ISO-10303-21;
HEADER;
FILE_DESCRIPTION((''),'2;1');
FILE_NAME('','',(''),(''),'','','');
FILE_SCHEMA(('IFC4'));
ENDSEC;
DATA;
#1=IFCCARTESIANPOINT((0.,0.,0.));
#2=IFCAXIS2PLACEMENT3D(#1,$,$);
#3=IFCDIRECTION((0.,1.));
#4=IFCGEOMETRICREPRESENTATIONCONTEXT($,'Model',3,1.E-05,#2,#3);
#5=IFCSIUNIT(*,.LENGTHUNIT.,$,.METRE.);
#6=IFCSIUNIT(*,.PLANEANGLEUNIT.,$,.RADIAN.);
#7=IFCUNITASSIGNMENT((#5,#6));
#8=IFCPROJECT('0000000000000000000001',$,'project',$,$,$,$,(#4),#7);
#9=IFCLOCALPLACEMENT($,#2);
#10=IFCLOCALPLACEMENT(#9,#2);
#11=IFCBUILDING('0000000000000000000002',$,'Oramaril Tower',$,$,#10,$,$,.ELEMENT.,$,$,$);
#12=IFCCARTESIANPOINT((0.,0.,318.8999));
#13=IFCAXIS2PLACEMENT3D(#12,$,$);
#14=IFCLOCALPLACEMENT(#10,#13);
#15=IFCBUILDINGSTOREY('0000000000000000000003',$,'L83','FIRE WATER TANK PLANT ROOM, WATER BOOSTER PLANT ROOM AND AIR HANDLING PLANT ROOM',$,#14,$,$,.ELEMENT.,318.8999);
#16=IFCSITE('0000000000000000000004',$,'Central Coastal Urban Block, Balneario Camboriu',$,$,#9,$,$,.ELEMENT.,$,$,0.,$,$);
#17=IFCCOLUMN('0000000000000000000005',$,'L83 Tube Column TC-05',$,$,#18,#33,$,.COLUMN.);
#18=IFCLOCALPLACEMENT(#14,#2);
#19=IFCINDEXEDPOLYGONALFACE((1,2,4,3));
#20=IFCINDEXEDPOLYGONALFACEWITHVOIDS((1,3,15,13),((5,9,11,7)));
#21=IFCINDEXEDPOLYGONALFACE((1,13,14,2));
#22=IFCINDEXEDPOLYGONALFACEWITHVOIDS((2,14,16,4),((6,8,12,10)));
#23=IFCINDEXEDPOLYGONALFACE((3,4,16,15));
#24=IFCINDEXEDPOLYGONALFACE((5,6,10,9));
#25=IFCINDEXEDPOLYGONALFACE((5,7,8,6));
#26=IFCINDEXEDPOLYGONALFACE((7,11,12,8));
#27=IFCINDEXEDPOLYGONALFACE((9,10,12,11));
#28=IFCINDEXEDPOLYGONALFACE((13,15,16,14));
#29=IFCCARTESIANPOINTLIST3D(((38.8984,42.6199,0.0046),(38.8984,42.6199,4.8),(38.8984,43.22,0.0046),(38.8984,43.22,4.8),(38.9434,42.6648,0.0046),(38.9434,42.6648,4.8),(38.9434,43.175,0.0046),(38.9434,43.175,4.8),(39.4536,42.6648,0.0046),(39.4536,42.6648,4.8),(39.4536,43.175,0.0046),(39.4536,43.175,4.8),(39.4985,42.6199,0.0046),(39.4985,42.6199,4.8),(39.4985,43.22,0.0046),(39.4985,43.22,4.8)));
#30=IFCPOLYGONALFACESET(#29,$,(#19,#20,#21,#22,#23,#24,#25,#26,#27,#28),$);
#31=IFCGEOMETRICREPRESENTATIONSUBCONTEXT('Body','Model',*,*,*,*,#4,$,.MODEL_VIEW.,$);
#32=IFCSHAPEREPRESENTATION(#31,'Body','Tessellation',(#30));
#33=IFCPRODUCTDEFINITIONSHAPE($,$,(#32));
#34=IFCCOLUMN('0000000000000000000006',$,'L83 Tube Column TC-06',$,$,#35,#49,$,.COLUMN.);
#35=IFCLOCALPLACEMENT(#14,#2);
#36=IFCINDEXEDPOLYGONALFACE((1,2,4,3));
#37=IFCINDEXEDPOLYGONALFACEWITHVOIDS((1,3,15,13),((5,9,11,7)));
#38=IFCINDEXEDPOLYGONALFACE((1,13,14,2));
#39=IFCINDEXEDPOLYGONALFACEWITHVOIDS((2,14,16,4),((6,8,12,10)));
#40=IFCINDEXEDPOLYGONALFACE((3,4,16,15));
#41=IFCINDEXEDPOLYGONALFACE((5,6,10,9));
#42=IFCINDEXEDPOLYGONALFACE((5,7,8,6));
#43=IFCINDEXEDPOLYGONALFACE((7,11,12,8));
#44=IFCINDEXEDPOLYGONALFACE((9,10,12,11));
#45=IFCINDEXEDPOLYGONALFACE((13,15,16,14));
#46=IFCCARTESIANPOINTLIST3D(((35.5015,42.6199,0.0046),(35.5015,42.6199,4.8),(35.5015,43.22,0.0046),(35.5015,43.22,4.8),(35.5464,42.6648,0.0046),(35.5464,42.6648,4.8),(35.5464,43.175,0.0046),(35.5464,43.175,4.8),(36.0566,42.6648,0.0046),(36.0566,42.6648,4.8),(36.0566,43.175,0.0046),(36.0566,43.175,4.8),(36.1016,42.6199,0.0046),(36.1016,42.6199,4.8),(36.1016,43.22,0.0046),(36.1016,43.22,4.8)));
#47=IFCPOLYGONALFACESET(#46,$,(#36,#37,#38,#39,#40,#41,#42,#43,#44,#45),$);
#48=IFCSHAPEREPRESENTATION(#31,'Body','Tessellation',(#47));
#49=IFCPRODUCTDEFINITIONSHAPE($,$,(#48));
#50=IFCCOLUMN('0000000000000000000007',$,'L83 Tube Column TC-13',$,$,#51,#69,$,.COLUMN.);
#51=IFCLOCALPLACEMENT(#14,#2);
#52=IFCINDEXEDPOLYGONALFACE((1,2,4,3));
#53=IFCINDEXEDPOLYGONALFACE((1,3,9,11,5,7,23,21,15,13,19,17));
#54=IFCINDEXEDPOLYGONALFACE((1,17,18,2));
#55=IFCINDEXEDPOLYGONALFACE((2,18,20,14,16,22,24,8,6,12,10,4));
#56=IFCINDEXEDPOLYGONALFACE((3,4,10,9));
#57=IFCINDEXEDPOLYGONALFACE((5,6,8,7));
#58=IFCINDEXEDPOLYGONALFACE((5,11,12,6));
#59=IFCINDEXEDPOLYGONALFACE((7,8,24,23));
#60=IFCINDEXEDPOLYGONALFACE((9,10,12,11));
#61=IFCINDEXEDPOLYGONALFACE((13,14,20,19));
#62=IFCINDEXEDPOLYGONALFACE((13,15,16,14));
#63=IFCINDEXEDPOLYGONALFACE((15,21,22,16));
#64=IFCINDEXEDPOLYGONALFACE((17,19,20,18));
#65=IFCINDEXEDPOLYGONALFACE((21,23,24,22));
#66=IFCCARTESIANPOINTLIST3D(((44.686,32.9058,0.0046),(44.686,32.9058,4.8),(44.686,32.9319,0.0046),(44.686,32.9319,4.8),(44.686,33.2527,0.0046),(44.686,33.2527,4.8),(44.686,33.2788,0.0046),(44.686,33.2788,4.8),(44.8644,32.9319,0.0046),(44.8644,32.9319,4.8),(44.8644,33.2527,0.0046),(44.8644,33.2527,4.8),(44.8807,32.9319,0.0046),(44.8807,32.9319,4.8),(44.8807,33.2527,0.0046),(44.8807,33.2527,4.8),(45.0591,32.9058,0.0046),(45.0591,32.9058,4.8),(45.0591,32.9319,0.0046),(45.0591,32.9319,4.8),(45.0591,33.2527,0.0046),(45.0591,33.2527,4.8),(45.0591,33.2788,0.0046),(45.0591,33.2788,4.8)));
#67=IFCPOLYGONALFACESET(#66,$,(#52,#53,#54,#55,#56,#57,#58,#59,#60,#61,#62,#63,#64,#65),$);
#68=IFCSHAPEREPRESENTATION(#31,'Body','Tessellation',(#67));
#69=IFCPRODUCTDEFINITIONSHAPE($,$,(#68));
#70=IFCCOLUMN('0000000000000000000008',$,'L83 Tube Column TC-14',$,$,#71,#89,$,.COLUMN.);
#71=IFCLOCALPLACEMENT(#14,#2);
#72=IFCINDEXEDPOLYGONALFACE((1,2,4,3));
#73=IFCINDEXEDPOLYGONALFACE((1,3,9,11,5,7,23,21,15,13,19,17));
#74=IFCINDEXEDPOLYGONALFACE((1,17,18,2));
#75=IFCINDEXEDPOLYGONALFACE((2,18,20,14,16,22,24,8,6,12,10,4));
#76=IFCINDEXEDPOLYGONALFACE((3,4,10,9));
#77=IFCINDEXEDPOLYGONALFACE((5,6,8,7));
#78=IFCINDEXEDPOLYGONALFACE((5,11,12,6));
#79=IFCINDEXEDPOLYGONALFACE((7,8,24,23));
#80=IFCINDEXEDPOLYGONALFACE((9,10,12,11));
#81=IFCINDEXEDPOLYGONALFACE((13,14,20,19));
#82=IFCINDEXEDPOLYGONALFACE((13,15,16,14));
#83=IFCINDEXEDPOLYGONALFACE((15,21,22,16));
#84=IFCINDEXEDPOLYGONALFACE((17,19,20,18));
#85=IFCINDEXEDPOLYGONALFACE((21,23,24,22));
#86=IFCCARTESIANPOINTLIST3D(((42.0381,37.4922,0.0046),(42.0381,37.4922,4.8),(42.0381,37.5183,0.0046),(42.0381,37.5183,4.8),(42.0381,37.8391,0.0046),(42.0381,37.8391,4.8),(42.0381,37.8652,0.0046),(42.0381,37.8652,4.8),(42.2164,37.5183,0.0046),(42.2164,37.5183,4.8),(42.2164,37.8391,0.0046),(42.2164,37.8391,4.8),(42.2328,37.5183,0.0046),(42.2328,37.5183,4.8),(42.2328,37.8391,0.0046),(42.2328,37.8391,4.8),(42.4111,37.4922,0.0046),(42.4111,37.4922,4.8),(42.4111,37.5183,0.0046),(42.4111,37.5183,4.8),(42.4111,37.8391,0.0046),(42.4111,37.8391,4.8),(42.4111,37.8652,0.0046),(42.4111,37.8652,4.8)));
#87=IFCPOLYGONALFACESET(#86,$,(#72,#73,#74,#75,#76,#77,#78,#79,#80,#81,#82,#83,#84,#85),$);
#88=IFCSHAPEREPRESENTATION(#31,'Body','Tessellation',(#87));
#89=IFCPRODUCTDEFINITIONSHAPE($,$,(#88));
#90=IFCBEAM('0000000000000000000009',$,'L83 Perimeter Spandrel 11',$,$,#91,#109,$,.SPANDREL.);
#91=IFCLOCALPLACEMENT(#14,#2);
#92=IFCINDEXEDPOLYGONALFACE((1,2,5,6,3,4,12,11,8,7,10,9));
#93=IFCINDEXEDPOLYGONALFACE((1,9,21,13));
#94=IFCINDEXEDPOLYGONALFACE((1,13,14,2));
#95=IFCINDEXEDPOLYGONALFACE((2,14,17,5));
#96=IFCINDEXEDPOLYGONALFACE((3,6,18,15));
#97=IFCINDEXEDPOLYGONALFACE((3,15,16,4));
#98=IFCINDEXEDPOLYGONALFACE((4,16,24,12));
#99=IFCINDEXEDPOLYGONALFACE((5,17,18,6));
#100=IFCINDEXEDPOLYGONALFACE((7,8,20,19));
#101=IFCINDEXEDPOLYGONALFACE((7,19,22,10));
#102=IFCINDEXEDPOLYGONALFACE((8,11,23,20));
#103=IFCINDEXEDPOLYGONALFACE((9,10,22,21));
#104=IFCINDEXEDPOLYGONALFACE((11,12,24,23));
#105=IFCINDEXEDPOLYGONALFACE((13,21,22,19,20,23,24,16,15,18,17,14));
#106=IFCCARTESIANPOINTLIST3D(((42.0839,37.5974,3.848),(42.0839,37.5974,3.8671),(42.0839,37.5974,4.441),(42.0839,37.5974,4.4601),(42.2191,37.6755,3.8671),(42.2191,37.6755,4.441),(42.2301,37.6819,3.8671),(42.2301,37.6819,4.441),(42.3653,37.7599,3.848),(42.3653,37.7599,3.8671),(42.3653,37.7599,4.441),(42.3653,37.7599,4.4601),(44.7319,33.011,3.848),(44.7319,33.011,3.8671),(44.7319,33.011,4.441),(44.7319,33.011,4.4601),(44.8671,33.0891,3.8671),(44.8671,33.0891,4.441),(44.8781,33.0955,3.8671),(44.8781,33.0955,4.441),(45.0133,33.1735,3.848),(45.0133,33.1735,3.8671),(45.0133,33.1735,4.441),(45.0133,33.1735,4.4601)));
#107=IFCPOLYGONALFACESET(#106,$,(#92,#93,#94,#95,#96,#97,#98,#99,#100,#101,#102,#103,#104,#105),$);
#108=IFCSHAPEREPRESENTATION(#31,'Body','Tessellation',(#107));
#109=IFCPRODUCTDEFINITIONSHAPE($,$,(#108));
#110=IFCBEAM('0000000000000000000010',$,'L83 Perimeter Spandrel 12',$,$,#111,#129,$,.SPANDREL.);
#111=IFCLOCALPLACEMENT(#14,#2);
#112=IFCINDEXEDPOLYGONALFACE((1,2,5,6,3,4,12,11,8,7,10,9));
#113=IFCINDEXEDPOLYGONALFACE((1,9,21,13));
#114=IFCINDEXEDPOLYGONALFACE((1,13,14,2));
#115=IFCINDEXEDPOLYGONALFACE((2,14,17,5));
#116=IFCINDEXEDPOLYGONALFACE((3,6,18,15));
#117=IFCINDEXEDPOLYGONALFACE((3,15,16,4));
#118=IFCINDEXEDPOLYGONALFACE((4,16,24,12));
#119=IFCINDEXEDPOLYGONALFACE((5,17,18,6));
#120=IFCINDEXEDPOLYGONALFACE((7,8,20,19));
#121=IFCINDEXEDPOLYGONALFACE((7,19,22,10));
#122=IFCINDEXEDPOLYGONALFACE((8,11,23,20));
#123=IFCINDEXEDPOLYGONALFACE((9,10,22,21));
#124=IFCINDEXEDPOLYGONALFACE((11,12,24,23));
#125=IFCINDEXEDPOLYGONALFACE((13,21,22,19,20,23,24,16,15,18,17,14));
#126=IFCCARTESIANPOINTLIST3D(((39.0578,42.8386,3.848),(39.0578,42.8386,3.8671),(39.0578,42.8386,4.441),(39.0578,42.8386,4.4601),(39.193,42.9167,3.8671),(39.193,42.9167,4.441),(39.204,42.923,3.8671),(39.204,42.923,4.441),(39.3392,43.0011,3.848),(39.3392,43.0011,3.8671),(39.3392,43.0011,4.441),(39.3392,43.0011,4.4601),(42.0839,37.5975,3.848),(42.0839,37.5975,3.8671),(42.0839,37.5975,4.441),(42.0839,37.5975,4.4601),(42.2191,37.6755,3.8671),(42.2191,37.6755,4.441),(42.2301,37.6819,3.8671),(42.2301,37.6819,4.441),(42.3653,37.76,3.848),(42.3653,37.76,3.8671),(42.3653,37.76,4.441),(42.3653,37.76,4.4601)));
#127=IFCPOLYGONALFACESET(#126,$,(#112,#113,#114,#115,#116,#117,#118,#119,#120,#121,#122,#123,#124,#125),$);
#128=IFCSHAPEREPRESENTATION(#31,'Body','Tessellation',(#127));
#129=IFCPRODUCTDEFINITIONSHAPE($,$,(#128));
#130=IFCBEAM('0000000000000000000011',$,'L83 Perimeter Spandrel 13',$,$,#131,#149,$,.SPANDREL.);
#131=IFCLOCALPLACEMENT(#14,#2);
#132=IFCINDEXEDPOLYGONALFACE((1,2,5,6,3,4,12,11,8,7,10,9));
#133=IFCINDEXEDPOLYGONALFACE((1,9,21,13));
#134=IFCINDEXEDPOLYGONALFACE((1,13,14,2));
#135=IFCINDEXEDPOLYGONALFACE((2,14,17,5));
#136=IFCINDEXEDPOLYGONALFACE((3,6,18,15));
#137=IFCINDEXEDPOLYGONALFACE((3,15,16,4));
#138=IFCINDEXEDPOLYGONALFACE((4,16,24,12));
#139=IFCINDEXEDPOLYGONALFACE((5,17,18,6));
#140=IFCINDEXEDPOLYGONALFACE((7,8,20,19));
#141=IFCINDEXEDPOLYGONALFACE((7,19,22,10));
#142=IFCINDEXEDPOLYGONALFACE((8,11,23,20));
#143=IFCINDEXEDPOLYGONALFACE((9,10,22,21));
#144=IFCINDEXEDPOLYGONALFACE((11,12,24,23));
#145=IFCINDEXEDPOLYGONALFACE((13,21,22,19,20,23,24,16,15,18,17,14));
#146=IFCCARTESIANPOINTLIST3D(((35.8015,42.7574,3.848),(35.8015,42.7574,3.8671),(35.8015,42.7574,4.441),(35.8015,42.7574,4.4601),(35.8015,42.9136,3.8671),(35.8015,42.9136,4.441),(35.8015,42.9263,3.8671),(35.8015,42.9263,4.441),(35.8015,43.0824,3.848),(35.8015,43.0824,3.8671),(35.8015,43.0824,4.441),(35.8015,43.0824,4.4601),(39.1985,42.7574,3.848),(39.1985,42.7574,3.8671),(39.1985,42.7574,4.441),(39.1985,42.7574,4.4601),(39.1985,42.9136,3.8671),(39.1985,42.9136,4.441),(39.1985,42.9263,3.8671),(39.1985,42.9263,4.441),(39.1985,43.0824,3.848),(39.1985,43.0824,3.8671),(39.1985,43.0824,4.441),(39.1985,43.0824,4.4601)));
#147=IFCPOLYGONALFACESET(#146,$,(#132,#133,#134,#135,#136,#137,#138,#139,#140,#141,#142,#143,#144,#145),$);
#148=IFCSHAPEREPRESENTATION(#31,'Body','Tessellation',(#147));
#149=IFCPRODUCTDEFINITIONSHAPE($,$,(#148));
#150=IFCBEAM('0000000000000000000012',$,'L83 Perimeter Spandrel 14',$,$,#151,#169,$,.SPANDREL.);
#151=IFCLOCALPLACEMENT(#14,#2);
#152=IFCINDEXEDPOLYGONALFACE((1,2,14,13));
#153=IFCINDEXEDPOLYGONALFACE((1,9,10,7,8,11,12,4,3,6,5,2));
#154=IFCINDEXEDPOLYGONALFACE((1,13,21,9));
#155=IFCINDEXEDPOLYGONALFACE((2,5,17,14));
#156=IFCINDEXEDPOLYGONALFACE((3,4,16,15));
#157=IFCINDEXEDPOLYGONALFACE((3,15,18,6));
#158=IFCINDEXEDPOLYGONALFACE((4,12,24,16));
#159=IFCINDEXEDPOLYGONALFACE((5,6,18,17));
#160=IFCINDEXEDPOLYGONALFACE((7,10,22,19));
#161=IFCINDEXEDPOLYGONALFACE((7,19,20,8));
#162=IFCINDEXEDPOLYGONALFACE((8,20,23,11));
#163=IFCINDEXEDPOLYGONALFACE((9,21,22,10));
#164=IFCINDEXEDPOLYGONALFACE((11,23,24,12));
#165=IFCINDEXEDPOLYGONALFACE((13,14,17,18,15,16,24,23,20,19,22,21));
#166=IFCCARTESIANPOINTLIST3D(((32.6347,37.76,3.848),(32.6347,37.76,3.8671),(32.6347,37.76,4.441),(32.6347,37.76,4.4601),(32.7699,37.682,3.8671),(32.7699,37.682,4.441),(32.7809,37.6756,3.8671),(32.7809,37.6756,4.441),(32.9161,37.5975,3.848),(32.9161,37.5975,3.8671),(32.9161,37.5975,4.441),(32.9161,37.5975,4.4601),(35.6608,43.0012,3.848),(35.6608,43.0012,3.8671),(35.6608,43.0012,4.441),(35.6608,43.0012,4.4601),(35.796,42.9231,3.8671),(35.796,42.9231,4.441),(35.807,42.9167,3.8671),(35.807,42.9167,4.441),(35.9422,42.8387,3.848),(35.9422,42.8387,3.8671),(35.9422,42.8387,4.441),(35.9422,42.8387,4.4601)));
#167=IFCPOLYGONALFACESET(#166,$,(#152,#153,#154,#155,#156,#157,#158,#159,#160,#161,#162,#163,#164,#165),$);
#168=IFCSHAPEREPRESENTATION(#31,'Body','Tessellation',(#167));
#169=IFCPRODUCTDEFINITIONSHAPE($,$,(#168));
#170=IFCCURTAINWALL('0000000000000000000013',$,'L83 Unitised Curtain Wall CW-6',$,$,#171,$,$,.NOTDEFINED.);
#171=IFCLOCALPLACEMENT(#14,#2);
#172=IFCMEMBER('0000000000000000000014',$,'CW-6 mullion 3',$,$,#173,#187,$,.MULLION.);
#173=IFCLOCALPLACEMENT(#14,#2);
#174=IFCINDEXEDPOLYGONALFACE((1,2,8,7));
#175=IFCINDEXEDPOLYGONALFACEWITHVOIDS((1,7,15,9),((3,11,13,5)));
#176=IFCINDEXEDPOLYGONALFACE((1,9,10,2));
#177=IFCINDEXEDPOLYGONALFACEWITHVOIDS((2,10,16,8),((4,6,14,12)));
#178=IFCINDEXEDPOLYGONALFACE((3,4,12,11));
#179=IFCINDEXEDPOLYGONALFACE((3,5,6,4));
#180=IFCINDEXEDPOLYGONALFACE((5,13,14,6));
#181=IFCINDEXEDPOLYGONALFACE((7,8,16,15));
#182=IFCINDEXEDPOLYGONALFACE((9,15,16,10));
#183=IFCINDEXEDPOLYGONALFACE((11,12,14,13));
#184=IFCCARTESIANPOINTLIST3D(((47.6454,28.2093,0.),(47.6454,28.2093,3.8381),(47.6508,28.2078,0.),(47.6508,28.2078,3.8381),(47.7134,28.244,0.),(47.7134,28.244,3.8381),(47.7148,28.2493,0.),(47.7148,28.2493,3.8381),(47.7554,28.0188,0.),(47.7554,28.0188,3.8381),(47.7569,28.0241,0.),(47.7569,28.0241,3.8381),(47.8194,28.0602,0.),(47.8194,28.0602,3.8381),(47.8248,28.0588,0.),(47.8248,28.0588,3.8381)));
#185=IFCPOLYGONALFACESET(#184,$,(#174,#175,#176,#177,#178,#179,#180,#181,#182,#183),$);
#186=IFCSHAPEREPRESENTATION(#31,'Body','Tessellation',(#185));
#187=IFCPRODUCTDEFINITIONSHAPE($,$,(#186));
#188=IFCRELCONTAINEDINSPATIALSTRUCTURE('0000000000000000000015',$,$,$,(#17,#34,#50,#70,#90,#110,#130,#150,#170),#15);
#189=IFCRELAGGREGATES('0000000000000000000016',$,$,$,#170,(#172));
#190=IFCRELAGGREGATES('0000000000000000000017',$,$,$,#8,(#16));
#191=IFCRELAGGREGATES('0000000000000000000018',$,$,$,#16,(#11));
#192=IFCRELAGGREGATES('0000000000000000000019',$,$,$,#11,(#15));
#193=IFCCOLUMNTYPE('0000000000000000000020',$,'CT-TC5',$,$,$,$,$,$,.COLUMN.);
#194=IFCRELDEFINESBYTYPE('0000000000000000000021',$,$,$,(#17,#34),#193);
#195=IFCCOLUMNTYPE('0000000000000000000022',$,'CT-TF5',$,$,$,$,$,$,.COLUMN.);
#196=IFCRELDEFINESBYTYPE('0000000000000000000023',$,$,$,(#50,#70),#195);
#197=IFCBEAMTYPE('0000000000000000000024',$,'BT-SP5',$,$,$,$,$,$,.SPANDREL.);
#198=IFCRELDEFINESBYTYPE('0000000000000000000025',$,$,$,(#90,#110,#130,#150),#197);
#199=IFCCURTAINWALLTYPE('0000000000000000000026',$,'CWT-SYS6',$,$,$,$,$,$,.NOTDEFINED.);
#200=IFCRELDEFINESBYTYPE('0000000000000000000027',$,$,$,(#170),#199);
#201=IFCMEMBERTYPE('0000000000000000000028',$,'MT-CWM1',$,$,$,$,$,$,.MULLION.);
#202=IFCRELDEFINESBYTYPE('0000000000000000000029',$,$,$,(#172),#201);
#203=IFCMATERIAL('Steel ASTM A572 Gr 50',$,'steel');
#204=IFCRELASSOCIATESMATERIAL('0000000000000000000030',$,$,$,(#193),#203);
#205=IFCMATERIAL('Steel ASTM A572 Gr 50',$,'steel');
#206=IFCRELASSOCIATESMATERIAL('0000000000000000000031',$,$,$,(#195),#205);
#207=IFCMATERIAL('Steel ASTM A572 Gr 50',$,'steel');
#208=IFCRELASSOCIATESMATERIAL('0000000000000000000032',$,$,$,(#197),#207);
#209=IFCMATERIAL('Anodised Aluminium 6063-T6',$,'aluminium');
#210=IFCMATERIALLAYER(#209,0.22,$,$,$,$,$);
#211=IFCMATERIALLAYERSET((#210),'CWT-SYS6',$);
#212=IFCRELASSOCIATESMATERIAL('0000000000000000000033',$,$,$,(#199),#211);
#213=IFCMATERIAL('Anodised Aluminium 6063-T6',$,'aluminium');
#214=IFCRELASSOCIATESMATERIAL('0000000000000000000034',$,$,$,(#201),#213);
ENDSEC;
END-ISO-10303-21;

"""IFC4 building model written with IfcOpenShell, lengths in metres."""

from ifc_helpers import new_model, si_unit, direction, frame, origin, origin_2d, place, context, subcontext, project, spatial, hollow_rectangle, i_section, extrude, material, layer, layer_set, material_profile, profile_set, type_object, element, aggregate, save


model = new_model("IFC4")

# Units and contexts
model_context = context("Model", 3, precision=1e-05, world=origin(), true_north=direction((0.0, 1.0)))
body_context = subcontext(model_context, "Body", "Model", "MODEL_VIEW")
ifc_project = project(units=[si_unit("LENGTHUNIT", "METRE"), si_unit("PLANEANGLEUNIT", "RADIAN")], contexts=[model_context])

# Site, building, storey
site_placement = place(None, origin())
site = spatial("IfcSite", under=ifc_project, at=site_placement, Name="Central Coastal Urban Block, Balneario Camboriu", CompositionType="ELEMENT", RefElevation=0.0)
building_placement = place(site_placement, origin())
building = spatial("IfcBuilding", under=site, at=building_placement, Name="Oramaril Tower", CompositionType="ELEMENT")
storey_placement = place(building_placement, frame((0.0, 0.0, 318.8999)))
storey = spatial("IfcBuildingStorey", under=building, at=storey_placement, Name="L83", Description="FIRE WATER TANK PLANT ROOM, WATER BOOSTER PLANT ROOM AND AIR HANDLING PLANT ROOM", CompositionType="ELEMENT", Elevation=318.8999)

# Columns
ifc_material_1 = material(Name="Steel ASTM A572 Gr 50", Category="steel")
ifc_material_profile_1 = material_profile(ifc_material_1, hollow_rectangle(XDim=0.6001, YDim=0.6001, WallThickness=0.0449, at=origin_2d()), Name="BOX600X600X45")
ifc_profile_set_1 = profile_set([ifc_material_profile_1], Name="Steel ASTM A572 Gr 50")
column_type_1 = type_object("IfcColumnType", Name="CT-TC5", PredefinedType="COLUMN", material=ifc_profile_set_1)
for number, where, z_axis, x_axis, name in (
    (1, (39.1985, 42.9199, 0.0046), (0.0, 0.0, 1.0), (1.0, 0.0, 0.0), "L83 Tube Column TC-05"),
    (2, (35.8015, 42.9199, 0.0046), (0.0, 0.0, 1.0), (1.0, 0.0, 0.0), "L83 Tube Column TC-06"),
):
    element("IfcColumn", number, at=place(storey_placement, frame(where, z_axis=z_axis, x_axis=x_axis)), inside=storey, type_object=column_type_1, Name=name, PredefinedType="COLUMN", context=body_context, shape_type="SweptSolid", body=[
        extrude(hollow_rectangle(XDim=0.6001, YDim=0.6001, WallThickness=0.0449, at=origin_2d()), origin(), (0.0, 0.0, 1.0), 4.7954),
    ])
ifc_material_2 = material(Name="Steel ASTM A572 Gr 50", Category="steel")
ifc_material_profile_2 = material_profile(ifc_material_2, i_section(OverallWidth=0.373, OverallDepth=0.373, WebThickness=0.0164, FlangeThickness=0.0261, at=origin_2d()), Name="W14X132")
ifc_profile_set_2 = profile_set([ifc_material_profile_2], Name="Steel ASTM A572 Gr 50")
column_type_2 = type_object("IfcColumnType", Name="CT-TF5", PredefinedType="COLUMN", material=ifc_profile_set_2)
for number, where, z_axis, x_axis, name in (
    (3, (44.8726, 33.0923, 0.0046), (0.0, 0.0, 1.0), (1.0, 0.0, 0.0), "L83 Tube Column TC-13"),
    (4, (42.2246, 37.6787, 0.0046), (0.0, 0.0, 1.0), (1.0, 0.0, 0.0), "L83 Tube Column TC-14"),
):
    element("IfcColumn", number, at=place(storey_placement, frame(where, z_axis=z_axis, x_axis=x_axis)), inside=storey, type_object=column_type_2, Name=name, PredefinedType="COLUMN", context=body_context, shape_type="SweptSolid", body=[
        extrude(i_section(OverallWidth=0.373, OverallDepth=0.373, WebThickness=0.0164, FlangeThickness=0.0261, at=origin_2d()), origin(), (0.0, 0.0, 1.0), 4.7954),
    ])

# Beams
ifc_material_3 = material(Name="Steel ASTM A572 Gr 50", Category="steel")
ifc_material_profile_3 = material_profile(ifc_material_3, i_section(OverallWidth=0.325, OverallDepth=0.6121, WebThickness=0.0127, FlangeThickness=0.019, at=origin_2d()), Name="W24X104")
ifc_profile_set_3 = profile_set([ifc_material_profile_3], Name="Steel ASTM A572 Gr 50")
beam_type = type_object("IfcBeamType", Name="BT-SP5", PredefinedType="SPANDREL", material=ifc_profile_set_3)
beam_1_placement = place(storey_placement, frame((44.8726, 33.0923, 4.1541), z_axis=(-0.499996, 0.866027, 0.0), x_axis=(-0.866027, -0.499996, 0.0)))
element("IfcBeam", 5, at=beam_1_placement, inside=storey, type_object=beam_type, Name="L83 Perimeter Spandrel 11", PredefinedType="SPANDREL", context=body_context, shape_type="SweptSolid", body=[
    extrude(i_section(OverallWidth=0.325, OverallDepth=0.6121, WebThickness=0.0127, FlangeThickness=0.019, at=origin_2d()), origin(), (0.0, 0.0, 1.0), 5.2959),
])
beam_2_placement = place(storey_placement, frame((42.2246, 37.6787, 4.1541), z_axis=(-0.500013, 0.866018, 0.0), x_axis=(-0.866018, -0.500013, 0.0)))
element("IfcBeam", 6, at=beam_2_placement, inside=storey, type_object=beam_type, Name="L83 Perimeter Spandrel 12", PredefinedType="SPANDREL", context=body_context, shape_type="SweptSolid", body=[
    extrude(i_section(OverallWidth=0.325, OverallDepth=0.6121, WebThickness=0.0127, FlangeThickness=0.019, at=origin_2d()), origin(), (0.0, 0.0, 1.0), 6.052),
])
beam_3_placement = place(storey_placement, frame((39.1985, 42.9199, 4.1541), z_axis=(-1.0, 0.0, 0.0), x_axis=(0.0, -1.0, 0.0)))
element("IfcBeam", 7, at=beam_3_placement, inside=storey, type_object=beam_type, Name="L83 Perimeter Spandrel 13", PredefinedType="SPANDREL", context=body_context, shape_type="SweptSolid", body=[
    extrude(i_section(OverallWidth=0.325, OverallDepth=0.6121, WebThickness=0.0127, FlangeThickness=0.019, at=origin_2d()), origin(), (0.0, 0.0, 1.0), 3.397),
])
beam_4_placement = place(storey_placement, frame((35.8015, 42.9199, 4.1541), z_axis=(-0.500013, -0.866018, 0.0), x_axis=(0.866018, -0.500013, 0.0)))
element("IfcBeam", 8, at=beam_4_placement, inside=storey, type_object=beam_type, Name="L83 Perimeter Spandrel 14", PredefinedType="SPANDREL", context=body_context, shape_type="SweptSolid", body=[
    extrude(i_section(OverallWidth=0.325, OverallDepth=0.6121, WebThickness=0.0127, FlangeThickness=0.019, at=origin_2d()), origin(), (0.0, 0.0, 1.0), 6.052),
])

# Curtain wall, member
ifc_material_4 = material(Name="Anodised Aluminium 6063-T6", Category="aluminium")
ifc_layer_1 = layer(ifc_material_4, 0.22)
ifc_layer_set_1 = layer_set([ifc_layer_1], Name="CWT-SYS6")
curtain_wall_type = type_object("IfcCurtainWallType", Name="CWT-SYS6", PredefinedType="NOTDEFINED", material=ifc_layer_set_1)
curtain_wall_placement = place(storey_placement, origin())
curtain_wall = element("IfcCurtainWall", 9, at=curtain_wall_placement, inside=storey, type_object=curtain_wall_type, Name="L83 Unitised Curtain Wall CW-6", PredefinedType="NOTDEFINED")
ifc_material_5 = material(Name="Anodised Aluminium 6063-T6", Category="aluminium")
ifc_material_profile_4 = material_profile(ifc_material_5, hollow_rectangle(XDim=0.0801, YDim=0.22, WallThickness=0.0039, at=origin_2d()), Name="CWM220X80")
ifc_profile_set_4 = profile_set([ifc_material_profile_4], Name="Anodised Aluminium 6063-T6")
member_type_1 = type_object("IfcMemberType", Name="MT-CWM1", PredefinedType="MULLION", material=ifc_profile_set_4)
member_1_placement = place(storey_placement, frame((47.7351, 28.134, 0.0), z_axis=(0.0, 0.0, 1.0), x_axis=(-0.866025, -0.5, 0.0)))
member_1 = element("IfcMember", 10, at=member_1_placement, type_object=member_type_1, Name="CW-6 mullion 3", PredefinedType="MULLION", context=body_context, shape_type="SweptSolid", body=[
    extrude(hollow_rectangle(XDim=0.0801, YDim=0.22, WallThickness=0.0039, at=origin_2d()), origin(), (0.0, 0.0, 1.0), 3.8381),
])

aggregate(curtain_wall, [member_1])

save(model, "model.ifc")
